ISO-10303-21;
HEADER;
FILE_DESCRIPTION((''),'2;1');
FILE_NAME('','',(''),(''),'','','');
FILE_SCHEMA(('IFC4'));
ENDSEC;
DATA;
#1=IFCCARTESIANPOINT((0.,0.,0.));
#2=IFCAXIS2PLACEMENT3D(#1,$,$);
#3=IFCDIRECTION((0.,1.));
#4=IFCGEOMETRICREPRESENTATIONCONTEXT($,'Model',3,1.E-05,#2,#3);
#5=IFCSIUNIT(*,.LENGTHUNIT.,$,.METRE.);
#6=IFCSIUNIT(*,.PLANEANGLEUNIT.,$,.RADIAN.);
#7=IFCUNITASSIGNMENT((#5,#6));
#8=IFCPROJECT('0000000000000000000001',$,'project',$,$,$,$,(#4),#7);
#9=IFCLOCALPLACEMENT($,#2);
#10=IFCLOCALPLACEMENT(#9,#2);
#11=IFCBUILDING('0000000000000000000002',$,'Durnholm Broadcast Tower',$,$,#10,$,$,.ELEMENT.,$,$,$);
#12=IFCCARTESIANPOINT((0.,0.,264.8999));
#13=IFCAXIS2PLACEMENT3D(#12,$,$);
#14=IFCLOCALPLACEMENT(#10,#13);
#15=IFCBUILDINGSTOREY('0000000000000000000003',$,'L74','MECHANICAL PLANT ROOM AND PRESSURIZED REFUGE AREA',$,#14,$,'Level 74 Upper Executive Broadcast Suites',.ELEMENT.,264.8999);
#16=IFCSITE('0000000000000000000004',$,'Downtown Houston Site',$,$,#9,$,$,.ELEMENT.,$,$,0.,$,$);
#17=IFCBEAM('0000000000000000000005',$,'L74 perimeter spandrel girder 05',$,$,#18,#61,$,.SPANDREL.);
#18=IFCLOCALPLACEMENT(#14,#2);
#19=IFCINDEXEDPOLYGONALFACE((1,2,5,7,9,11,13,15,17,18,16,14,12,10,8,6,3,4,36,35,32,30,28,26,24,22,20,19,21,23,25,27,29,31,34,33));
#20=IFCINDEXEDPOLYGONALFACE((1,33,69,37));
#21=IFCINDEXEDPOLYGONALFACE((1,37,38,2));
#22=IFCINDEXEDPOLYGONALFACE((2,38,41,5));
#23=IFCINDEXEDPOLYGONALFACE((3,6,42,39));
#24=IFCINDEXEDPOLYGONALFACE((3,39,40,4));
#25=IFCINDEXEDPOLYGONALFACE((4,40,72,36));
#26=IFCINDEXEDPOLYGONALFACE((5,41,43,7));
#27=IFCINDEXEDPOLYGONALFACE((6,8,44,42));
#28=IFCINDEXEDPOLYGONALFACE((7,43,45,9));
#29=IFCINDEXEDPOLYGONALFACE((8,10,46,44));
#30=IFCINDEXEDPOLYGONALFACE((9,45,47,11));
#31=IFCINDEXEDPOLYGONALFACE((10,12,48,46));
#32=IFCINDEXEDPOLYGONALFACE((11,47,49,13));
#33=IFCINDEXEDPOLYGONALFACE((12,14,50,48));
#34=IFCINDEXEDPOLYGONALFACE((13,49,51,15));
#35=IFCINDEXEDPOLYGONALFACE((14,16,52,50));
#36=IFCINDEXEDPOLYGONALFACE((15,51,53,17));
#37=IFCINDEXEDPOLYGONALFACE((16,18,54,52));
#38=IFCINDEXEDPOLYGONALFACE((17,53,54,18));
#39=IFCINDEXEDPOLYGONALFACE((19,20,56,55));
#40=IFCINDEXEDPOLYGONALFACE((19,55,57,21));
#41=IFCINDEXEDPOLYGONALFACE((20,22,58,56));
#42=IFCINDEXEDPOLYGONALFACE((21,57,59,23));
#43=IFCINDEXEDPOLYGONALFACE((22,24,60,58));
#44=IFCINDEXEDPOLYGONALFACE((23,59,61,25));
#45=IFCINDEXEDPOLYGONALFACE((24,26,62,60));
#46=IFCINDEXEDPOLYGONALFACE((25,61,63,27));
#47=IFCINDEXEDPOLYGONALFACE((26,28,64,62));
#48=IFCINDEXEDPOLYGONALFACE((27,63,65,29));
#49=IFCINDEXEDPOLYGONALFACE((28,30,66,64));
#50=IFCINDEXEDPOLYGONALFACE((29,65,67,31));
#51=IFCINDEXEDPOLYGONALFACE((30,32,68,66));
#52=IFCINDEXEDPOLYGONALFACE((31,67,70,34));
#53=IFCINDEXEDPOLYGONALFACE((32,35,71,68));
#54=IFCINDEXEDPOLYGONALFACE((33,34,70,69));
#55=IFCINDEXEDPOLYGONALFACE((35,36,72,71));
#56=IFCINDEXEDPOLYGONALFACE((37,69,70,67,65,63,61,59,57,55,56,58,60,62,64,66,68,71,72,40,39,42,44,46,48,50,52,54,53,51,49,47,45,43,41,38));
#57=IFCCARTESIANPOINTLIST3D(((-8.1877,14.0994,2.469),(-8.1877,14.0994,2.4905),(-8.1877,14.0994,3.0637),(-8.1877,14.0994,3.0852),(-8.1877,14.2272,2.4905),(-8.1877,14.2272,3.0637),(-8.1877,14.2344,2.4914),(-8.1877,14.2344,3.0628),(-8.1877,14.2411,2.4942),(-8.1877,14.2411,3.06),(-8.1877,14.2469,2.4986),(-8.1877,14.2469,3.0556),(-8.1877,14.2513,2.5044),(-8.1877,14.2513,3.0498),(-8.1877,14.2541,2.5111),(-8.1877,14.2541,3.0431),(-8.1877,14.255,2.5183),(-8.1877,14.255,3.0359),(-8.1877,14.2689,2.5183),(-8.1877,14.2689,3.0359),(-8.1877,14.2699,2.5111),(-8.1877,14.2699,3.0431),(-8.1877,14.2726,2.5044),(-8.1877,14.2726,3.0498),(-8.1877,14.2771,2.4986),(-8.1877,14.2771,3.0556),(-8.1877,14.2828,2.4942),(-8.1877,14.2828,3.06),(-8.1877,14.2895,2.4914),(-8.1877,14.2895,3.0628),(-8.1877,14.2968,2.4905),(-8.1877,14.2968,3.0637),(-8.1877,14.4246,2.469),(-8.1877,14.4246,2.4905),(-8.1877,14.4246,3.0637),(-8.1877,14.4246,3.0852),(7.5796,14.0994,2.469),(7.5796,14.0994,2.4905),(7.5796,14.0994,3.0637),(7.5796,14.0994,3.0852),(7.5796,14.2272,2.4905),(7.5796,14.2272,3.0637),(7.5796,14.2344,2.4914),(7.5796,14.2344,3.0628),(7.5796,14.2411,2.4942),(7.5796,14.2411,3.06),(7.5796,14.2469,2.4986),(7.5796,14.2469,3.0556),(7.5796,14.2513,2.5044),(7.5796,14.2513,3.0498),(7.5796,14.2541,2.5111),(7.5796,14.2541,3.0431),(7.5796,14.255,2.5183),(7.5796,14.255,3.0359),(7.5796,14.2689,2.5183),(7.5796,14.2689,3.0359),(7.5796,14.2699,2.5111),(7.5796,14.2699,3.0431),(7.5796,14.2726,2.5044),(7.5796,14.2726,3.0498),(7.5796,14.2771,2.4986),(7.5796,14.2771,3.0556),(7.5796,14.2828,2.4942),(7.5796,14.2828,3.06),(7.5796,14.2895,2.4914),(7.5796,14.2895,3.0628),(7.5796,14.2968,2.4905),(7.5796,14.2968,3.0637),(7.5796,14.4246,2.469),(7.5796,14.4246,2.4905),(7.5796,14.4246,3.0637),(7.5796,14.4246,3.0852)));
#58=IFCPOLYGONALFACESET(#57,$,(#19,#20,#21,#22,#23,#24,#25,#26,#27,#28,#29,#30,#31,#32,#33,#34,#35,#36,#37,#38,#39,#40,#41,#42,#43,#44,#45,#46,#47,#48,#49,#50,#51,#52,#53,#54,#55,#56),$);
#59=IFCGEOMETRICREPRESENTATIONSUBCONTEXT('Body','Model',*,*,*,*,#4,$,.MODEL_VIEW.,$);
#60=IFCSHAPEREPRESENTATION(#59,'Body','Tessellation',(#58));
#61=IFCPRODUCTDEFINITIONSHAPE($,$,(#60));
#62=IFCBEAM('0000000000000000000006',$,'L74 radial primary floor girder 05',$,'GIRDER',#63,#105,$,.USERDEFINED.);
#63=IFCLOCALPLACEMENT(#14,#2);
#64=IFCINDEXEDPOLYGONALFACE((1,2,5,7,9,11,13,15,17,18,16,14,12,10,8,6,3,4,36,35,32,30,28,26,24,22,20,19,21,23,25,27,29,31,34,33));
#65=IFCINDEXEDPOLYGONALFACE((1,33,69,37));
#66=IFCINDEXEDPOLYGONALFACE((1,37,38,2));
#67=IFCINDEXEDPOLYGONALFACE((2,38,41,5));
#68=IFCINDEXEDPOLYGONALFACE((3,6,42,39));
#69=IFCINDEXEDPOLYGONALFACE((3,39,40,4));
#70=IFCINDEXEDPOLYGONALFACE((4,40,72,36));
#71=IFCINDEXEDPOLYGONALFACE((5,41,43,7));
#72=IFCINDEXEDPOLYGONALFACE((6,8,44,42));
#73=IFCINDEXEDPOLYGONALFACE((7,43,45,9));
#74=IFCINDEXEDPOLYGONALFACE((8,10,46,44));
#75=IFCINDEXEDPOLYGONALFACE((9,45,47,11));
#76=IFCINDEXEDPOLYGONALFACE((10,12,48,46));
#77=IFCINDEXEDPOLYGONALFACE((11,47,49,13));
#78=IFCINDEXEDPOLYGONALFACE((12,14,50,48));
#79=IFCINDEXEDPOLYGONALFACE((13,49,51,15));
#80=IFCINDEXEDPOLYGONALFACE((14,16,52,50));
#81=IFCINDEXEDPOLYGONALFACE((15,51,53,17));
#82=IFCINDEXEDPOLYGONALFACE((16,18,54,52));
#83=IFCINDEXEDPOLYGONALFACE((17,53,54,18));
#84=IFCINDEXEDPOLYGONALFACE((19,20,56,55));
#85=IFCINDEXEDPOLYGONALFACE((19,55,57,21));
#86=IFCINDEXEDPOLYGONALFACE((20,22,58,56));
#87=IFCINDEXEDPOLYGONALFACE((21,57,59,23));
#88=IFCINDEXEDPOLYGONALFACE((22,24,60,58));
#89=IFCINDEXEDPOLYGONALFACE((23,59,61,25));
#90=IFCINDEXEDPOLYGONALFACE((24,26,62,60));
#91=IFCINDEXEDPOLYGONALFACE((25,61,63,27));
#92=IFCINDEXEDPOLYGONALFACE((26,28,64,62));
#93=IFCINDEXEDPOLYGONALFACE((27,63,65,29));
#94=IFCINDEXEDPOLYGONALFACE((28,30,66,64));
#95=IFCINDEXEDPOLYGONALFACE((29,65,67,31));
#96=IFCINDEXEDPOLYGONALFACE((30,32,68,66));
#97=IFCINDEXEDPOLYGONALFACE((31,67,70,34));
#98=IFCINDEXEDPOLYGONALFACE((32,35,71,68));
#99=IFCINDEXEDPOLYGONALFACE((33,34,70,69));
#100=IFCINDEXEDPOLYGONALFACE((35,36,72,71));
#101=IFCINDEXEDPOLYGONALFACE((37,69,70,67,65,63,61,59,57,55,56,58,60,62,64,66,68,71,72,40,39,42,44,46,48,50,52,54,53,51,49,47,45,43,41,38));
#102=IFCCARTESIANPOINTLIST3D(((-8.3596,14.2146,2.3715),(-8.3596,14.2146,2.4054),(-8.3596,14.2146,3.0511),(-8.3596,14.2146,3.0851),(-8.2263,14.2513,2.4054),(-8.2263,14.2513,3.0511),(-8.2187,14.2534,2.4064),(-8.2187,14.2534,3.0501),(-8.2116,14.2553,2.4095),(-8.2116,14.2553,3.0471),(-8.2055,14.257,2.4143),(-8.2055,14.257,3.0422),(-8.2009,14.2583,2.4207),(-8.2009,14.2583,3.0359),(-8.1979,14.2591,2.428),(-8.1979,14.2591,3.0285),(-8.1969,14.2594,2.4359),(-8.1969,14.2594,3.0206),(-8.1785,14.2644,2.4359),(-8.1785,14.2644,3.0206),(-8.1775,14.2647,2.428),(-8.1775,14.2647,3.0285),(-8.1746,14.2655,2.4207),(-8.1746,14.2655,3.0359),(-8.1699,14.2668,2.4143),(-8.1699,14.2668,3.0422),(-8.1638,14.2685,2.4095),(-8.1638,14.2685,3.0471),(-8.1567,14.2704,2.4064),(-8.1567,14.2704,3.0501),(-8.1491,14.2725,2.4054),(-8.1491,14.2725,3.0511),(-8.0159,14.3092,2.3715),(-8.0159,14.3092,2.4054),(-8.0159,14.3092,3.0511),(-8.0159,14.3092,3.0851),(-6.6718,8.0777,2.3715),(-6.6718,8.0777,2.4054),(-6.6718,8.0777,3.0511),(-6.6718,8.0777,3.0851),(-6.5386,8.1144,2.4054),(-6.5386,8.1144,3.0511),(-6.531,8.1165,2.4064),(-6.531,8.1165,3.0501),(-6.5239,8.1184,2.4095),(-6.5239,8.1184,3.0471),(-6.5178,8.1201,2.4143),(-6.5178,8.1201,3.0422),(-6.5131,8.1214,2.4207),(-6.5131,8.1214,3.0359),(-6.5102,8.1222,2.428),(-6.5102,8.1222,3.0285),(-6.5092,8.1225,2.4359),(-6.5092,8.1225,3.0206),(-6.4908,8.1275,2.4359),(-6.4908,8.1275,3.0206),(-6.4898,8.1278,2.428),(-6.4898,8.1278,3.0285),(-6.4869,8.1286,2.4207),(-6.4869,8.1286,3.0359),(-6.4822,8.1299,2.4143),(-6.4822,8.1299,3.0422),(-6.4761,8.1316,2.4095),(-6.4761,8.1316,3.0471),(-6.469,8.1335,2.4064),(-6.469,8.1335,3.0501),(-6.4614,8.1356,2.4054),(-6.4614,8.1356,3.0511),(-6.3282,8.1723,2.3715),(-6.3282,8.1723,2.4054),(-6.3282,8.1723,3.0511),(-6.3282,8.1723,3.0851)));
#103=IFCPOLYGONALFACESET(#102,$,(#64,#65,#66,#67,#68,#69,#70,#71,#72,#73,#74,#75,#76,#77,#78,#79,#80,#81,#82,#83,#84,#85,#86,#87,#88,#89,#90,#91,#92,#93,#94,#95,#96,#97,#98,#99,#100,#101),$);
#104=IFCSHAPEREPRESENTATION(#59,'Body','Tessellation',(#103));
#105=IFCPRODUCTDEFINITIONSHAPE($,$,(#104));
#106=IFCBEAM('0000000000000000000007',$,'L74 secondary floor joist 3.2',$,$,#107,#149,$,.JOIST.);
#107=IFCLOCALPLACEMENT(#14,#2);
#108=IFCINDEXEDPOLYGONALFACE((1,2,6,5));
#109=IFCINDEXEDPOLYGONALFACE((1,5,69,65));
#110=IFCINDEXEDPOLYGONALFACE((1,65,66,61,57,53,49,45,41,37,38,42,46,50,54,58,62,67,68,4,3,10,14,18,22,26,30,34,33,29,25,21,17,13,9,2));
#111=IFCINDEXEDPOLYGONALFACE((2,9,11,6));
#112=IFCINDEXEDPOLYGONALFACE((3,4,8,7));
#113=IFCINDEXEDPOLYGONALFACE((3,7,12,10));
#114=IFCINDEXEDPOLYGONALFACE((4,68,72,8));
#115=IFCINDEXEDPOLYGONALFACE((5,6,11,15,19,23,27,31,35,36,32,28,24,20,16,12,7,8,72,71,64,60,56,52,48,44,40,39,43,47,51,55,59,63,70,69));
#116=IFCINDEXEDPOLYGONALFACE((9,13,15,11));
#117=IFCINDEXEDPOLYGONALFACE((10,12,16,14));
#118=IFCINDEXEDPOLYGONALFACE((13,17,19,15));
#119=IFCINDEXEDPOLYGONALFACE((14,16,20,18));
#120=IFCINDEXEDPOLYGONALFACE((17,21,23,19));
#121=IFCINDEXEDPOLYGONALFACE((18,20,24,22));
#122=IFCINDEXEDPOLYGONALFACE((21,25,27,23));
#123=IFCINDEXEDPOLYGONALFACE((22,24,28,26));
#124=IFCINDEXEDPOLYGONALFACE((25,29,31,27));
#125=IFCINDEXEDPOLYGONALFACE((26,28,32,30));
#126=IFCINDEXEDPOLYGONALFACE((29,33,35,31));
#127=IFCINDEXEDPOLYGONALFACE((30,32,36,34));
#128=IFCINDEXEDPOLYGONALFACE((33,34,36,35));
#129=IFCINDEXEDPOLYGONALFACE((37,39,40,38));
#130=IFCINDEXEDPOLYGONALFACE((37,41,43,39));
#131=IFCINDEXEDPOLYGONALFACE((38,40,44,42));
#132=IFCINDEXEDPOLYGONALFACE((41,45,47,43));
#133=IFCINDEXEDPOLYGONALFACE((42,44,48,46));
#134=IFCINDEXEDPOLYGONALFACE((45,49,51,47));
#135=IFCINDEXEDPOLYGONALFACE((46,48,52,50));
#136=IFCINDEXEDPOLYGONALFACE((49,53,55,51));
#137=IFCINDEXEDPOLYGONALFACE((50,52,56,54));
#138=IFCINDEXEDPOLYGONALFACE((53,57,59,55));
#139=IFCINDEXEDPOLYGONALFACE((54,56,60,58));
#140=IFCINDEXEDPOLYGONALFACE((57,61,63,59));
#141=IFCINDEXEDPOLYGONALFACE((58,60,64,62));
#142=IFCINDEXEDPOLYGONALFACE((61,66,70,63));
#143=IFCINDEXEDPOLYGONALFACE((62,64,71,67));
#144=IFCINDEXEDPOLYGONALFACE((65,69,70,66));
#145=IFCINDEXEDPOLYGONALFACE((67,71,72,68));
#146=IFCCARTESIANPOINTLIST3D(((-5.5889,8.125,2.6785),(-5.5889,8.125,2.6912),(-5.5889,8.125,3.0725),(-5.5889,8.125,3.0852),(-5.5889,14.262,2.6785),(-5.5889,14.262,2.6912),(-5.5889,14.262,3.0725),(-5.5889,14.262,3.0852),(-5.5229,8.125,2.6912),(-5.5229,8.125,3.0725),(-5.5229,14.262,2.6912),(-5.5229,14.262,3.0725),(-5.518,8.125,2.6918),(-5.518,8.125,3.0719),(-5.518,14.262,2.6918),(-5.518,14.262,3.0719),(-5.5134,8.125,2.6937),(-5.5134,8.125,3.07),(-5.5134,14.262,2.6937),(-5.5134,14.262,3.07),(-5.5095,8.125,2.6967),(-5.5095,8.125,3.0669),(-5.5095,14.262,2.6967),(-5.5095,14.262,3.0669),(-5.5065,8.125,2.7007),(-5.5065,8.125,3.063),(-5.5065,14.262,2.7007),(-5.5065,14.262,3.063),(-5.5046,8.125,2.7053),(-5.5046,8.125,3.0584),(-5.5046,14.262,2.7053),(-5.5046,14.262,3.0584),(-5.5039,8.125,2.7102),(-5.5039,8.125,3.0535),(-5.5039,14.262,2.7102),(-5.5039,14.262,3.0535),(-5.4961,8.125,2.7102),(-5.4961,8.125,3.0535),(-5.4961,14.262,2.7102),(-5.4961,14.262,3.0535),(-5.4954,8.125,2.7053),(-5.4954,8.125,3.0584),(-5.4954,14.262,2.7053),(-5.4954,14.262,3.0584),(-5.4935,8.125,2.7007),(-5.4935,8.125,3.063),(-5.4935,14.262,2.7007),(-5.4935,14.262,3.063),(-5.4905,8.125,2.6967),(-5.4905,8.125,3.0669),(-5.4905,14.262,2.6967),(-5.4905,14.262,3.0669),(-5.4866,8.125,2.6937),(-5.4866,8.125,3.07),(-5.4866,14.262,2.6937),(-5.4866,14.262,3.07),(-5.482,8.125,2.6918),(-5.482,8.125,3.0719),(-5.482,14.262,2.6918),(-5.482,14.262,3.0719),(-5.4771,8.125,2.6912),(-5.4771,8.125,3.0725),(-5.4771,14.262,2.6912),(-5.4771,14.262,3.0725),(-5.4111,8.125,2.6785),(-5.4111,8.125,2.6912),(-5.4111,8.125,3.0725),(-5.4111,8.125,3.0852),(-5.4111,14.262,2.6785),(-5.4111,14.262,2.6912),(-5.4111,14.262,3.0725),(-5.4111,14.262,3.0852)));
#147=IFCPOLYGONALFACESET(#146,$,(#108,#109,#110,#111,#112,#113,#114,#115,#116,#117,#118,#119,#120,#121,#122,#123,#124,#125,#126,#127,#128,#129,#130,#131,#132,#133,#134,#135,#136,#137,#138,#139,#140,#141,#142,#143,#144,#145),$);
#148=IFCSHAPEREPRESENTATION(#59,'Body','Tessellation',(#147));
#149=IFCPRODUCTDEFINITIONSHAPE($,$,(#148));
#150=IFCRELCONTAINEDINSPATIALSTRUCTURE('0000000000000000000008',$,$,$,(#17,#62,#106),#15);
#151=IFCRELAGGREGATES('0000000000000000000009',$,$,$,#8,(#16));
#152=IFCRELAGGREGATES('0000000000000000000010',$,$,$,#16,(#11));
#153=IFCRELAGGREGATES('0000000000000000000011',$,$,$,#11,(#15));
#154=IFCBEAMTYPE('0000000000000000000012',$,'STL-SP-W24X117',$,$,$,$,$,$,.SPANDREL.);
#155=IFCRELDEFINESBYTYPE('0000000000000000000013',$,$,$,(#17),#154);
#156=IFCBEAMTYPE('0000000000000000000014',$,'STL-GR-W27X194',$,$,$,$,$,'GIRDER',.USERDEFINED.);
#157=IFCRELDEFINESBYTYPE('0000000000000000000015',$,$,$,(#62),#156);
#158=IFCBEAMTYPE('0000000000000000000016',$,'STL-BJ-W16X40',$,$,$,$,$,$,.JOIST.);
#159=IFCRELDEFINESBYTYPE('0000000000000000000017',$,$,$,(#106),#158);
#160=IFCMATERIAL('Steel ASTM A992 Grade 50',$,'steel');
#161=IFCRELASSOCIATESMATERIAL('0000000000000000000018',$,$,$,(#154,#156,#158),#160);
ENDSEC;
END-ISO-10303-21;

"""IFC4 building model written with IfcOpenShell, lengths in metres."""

from ifc_helpers import new_model, si_unit, direction, frame, origin, origin_2d, place, context, subcontext, project, spatial, i_section, extrude, source, transform, mapped, material, material_profile, profile_set, type_object, type_shapes, element, save


model = new_model("IFC4")

# Units and contexts
model_context = context("Model", 3, precision=1e-05, world=origin(), true_north=direction((0.0, 1.0)))
body_context = subcontext(model_context, "Body", "Model", "MODEL_VIEW")
ifc_project = project(units=[si_unit("LENGTHUNIT", "METRE"), si_unit("PLANEANGLEUNIT", "RADIAN")], contexts=[model_context])

# Site, building, storey
site_placement = place(None, origin())
site = spatial("IfcSite", under=ifc_project, at=site_placement, Name="Downtown Houston Site", CompositionType="ELEMENT", RefElevation=0.0)
building_placement = place(site_placement, origin())
building = spatial("IfcBuilding", under=site, at=building_placement, Name="Durnholm Broadcast Tower", CompositionType="ELEMENT")
storey_placement = place(building_placement, frame((0.0, 0.0, 264.8999)))
storey = spatial("IfcBuildingStorey", under=building, at=storey_placement, Name="L74", Description="MECHANICAL PLANT ROOM AND PRESSURIZED REFUGE AREA", LongName="Level 74 Upper Executive Broadcast Suites", CompositionType="ELEMENT", Elevation=264.8999)

# Beams
ifc_material_1 = material(Name="Steel ASTM A992 Grade 50", Category="steel")
ifc_material_profile_1 = material_profile(ifc_material_1, i_section(OverallWidth=0.3252, OverallDepth=0.6162, WebThickness=0.0139, FlangeThickness=0.0215, FilletRadius=0.0278, at=origin_2d()), Name="W24X117")
ifc_profile_set_1 = profile_set([ifc_material_profile_1], Name="Steel ASTM A992 Grade 50")
beam_type_1 = type_object("IfcBeamType", Name="STL-SP-W24X117", PredefinedType="SPANDREL", material=ifc_profile_set_1)
shared_shape_1 = source(origin(), body_context, "Body", "SweptSolid", [
    extrude(i_section(OverallWidth=0.3252, OverallDepth=0.6162, WebThickness=0.0139, FlangeThickness=0.0215, FilletRadius=0.0278, at=origin_2d()), origin(), (0.0, 0.0, 1.0), 15.7673),
])
beam_1_placement = place(storey_placement, frame((-8.1877, 14.262, 2.7771), z_axis=(1.0, 0.0, 0.0), x_axis=(0.0, 1.0, 0.0)))
element("IfcBeam", 1, at=beam_1_placement, inside=storey, type_object=beam_type_1, Name="L74 perimeter spandrel girder 05", PredefinedType="SPANDREL", context=body_context, shape_type="MappedRepresentation", body=[
    mapped(shared_shape_1, transform((0.0, 0.0, 0.0), x_axis=(1.0, 0.0, 0.0), y_axis=(0.0, 1.0, 0.0), z_axis=(0.0, 0.0, 1.0), scale=1.0)),
])
ifc_material_profile_2 = material_profile(ifc_material_1, i_section(OverallWidth=0.3564, OverallDepth=0.7136, WebThickness=0.019, FlangeThickness=0.0339, FilletRadius=0.0305, at=origin_2d()), Name="W27X194")
ifc_profile_set_2 = profile_set([ifc_material_profile_2], Name="Steel ASTM A992 Grade 50")
beam_type_2 = type_object("IfcBeamType", Name="STL-GR-W27X194", ElementType="GIRDER", PredefinedType="USERDEFINED", material=ifc_profile_set_2)
shared_shape_2 = source(origin(), body_context, "Body", "SweptSolid", [
    extrude(i_section(OverallWidth=0.3564, OverallDepth=0.7136, WebThickness=0.019, FlangeThickness=0.0339, FilletRadius=0.0305, at=origin_2d()), origin(), (0.0, 0.0, 1.0), 6.3647),
])
type_shapes(beam_type_2, [shared_shape_2])
beam_2_placement = place(storey_placement, frame((-6.5, 8.125, 2.7283), z_axis=(-0.265168, 0.964202, 0.0), x_axis=(-0.964202, -0.265168, 0.0)))
element("IfcBeam", 2, at=beam_2_placement, inside=storey, type_object=beam_type_2, Name="L74 radial primary floor girder 05", ObjectType="GIRDER", PredefinedType="USERDEFINED", context=body_context, shape_type="MappedRepresentation", body=[
    mapped(shared_shape_2, transform((0.0, 0.0, 0.0), x_axis=(1.0, 0.0, 0.0), y_axis=(0.0, 1.0, 0.0), z_axis=(0.0, 0.0, 1.0), scale=1.0)),
])
ifc_material_profile_3 = material_profile(ifc_material_1, i_section(OverallWidth=0.1777, OverallDepth=0.4067, WebThickness=0.0078, FlangeThickness=0.0127, FilletRadius=0.019, at=origin_2d()), Name="W16X40")
ifc_profile_set_3 = profile_set([ifc_material_profile_3], Name="Steel ASTM A992 Grade 50")
beam_type_3 = type_object("IfcBeamType", Name="STL-BJ-W16X40", PredefinedType="JOIST", material=ifc_profile_set_3)
shared_shape_3 = source(origin(), body_context, "Body", "SweptSolid", [
    extrude(i_section(OverallWidth=0.1777, OverallDepth=0.4067, WebThickness=0.0078, FlangeThickness=0.0127, FilletRadius=0.019, at=origin_2d()), origin(), (0.0, 0.0, 1.0), 6.137),
])
type_shapes(beam_type_3, [shared_shape_3])
beam_3_placement = place(storey_placement, frame((-5.5, 8.125, 2.8818), z_axis=(0.0, 1.0, 0.0), x_axis=(-1.0, 0.0, 0.0)))
element("IfcBeam", 3, at=beam_3_placement, inside=storey, type_object=beam_type_3, Name="L74 secondary floor joist 3.2", PredefinedType="JOIST", context=body_context, shape_type="MappedRepresentation", body=[
    mapped(shared_shape_3, transform((0.0, 0.0, 0.0), x_axis=(1.0, 0.0, 0.0), y_axis=(0.0, 1.0, 0.0), z_axis=(0.0, 0.0, 1.0), scale=1.0)),
])

save(model, "model.ifc")
